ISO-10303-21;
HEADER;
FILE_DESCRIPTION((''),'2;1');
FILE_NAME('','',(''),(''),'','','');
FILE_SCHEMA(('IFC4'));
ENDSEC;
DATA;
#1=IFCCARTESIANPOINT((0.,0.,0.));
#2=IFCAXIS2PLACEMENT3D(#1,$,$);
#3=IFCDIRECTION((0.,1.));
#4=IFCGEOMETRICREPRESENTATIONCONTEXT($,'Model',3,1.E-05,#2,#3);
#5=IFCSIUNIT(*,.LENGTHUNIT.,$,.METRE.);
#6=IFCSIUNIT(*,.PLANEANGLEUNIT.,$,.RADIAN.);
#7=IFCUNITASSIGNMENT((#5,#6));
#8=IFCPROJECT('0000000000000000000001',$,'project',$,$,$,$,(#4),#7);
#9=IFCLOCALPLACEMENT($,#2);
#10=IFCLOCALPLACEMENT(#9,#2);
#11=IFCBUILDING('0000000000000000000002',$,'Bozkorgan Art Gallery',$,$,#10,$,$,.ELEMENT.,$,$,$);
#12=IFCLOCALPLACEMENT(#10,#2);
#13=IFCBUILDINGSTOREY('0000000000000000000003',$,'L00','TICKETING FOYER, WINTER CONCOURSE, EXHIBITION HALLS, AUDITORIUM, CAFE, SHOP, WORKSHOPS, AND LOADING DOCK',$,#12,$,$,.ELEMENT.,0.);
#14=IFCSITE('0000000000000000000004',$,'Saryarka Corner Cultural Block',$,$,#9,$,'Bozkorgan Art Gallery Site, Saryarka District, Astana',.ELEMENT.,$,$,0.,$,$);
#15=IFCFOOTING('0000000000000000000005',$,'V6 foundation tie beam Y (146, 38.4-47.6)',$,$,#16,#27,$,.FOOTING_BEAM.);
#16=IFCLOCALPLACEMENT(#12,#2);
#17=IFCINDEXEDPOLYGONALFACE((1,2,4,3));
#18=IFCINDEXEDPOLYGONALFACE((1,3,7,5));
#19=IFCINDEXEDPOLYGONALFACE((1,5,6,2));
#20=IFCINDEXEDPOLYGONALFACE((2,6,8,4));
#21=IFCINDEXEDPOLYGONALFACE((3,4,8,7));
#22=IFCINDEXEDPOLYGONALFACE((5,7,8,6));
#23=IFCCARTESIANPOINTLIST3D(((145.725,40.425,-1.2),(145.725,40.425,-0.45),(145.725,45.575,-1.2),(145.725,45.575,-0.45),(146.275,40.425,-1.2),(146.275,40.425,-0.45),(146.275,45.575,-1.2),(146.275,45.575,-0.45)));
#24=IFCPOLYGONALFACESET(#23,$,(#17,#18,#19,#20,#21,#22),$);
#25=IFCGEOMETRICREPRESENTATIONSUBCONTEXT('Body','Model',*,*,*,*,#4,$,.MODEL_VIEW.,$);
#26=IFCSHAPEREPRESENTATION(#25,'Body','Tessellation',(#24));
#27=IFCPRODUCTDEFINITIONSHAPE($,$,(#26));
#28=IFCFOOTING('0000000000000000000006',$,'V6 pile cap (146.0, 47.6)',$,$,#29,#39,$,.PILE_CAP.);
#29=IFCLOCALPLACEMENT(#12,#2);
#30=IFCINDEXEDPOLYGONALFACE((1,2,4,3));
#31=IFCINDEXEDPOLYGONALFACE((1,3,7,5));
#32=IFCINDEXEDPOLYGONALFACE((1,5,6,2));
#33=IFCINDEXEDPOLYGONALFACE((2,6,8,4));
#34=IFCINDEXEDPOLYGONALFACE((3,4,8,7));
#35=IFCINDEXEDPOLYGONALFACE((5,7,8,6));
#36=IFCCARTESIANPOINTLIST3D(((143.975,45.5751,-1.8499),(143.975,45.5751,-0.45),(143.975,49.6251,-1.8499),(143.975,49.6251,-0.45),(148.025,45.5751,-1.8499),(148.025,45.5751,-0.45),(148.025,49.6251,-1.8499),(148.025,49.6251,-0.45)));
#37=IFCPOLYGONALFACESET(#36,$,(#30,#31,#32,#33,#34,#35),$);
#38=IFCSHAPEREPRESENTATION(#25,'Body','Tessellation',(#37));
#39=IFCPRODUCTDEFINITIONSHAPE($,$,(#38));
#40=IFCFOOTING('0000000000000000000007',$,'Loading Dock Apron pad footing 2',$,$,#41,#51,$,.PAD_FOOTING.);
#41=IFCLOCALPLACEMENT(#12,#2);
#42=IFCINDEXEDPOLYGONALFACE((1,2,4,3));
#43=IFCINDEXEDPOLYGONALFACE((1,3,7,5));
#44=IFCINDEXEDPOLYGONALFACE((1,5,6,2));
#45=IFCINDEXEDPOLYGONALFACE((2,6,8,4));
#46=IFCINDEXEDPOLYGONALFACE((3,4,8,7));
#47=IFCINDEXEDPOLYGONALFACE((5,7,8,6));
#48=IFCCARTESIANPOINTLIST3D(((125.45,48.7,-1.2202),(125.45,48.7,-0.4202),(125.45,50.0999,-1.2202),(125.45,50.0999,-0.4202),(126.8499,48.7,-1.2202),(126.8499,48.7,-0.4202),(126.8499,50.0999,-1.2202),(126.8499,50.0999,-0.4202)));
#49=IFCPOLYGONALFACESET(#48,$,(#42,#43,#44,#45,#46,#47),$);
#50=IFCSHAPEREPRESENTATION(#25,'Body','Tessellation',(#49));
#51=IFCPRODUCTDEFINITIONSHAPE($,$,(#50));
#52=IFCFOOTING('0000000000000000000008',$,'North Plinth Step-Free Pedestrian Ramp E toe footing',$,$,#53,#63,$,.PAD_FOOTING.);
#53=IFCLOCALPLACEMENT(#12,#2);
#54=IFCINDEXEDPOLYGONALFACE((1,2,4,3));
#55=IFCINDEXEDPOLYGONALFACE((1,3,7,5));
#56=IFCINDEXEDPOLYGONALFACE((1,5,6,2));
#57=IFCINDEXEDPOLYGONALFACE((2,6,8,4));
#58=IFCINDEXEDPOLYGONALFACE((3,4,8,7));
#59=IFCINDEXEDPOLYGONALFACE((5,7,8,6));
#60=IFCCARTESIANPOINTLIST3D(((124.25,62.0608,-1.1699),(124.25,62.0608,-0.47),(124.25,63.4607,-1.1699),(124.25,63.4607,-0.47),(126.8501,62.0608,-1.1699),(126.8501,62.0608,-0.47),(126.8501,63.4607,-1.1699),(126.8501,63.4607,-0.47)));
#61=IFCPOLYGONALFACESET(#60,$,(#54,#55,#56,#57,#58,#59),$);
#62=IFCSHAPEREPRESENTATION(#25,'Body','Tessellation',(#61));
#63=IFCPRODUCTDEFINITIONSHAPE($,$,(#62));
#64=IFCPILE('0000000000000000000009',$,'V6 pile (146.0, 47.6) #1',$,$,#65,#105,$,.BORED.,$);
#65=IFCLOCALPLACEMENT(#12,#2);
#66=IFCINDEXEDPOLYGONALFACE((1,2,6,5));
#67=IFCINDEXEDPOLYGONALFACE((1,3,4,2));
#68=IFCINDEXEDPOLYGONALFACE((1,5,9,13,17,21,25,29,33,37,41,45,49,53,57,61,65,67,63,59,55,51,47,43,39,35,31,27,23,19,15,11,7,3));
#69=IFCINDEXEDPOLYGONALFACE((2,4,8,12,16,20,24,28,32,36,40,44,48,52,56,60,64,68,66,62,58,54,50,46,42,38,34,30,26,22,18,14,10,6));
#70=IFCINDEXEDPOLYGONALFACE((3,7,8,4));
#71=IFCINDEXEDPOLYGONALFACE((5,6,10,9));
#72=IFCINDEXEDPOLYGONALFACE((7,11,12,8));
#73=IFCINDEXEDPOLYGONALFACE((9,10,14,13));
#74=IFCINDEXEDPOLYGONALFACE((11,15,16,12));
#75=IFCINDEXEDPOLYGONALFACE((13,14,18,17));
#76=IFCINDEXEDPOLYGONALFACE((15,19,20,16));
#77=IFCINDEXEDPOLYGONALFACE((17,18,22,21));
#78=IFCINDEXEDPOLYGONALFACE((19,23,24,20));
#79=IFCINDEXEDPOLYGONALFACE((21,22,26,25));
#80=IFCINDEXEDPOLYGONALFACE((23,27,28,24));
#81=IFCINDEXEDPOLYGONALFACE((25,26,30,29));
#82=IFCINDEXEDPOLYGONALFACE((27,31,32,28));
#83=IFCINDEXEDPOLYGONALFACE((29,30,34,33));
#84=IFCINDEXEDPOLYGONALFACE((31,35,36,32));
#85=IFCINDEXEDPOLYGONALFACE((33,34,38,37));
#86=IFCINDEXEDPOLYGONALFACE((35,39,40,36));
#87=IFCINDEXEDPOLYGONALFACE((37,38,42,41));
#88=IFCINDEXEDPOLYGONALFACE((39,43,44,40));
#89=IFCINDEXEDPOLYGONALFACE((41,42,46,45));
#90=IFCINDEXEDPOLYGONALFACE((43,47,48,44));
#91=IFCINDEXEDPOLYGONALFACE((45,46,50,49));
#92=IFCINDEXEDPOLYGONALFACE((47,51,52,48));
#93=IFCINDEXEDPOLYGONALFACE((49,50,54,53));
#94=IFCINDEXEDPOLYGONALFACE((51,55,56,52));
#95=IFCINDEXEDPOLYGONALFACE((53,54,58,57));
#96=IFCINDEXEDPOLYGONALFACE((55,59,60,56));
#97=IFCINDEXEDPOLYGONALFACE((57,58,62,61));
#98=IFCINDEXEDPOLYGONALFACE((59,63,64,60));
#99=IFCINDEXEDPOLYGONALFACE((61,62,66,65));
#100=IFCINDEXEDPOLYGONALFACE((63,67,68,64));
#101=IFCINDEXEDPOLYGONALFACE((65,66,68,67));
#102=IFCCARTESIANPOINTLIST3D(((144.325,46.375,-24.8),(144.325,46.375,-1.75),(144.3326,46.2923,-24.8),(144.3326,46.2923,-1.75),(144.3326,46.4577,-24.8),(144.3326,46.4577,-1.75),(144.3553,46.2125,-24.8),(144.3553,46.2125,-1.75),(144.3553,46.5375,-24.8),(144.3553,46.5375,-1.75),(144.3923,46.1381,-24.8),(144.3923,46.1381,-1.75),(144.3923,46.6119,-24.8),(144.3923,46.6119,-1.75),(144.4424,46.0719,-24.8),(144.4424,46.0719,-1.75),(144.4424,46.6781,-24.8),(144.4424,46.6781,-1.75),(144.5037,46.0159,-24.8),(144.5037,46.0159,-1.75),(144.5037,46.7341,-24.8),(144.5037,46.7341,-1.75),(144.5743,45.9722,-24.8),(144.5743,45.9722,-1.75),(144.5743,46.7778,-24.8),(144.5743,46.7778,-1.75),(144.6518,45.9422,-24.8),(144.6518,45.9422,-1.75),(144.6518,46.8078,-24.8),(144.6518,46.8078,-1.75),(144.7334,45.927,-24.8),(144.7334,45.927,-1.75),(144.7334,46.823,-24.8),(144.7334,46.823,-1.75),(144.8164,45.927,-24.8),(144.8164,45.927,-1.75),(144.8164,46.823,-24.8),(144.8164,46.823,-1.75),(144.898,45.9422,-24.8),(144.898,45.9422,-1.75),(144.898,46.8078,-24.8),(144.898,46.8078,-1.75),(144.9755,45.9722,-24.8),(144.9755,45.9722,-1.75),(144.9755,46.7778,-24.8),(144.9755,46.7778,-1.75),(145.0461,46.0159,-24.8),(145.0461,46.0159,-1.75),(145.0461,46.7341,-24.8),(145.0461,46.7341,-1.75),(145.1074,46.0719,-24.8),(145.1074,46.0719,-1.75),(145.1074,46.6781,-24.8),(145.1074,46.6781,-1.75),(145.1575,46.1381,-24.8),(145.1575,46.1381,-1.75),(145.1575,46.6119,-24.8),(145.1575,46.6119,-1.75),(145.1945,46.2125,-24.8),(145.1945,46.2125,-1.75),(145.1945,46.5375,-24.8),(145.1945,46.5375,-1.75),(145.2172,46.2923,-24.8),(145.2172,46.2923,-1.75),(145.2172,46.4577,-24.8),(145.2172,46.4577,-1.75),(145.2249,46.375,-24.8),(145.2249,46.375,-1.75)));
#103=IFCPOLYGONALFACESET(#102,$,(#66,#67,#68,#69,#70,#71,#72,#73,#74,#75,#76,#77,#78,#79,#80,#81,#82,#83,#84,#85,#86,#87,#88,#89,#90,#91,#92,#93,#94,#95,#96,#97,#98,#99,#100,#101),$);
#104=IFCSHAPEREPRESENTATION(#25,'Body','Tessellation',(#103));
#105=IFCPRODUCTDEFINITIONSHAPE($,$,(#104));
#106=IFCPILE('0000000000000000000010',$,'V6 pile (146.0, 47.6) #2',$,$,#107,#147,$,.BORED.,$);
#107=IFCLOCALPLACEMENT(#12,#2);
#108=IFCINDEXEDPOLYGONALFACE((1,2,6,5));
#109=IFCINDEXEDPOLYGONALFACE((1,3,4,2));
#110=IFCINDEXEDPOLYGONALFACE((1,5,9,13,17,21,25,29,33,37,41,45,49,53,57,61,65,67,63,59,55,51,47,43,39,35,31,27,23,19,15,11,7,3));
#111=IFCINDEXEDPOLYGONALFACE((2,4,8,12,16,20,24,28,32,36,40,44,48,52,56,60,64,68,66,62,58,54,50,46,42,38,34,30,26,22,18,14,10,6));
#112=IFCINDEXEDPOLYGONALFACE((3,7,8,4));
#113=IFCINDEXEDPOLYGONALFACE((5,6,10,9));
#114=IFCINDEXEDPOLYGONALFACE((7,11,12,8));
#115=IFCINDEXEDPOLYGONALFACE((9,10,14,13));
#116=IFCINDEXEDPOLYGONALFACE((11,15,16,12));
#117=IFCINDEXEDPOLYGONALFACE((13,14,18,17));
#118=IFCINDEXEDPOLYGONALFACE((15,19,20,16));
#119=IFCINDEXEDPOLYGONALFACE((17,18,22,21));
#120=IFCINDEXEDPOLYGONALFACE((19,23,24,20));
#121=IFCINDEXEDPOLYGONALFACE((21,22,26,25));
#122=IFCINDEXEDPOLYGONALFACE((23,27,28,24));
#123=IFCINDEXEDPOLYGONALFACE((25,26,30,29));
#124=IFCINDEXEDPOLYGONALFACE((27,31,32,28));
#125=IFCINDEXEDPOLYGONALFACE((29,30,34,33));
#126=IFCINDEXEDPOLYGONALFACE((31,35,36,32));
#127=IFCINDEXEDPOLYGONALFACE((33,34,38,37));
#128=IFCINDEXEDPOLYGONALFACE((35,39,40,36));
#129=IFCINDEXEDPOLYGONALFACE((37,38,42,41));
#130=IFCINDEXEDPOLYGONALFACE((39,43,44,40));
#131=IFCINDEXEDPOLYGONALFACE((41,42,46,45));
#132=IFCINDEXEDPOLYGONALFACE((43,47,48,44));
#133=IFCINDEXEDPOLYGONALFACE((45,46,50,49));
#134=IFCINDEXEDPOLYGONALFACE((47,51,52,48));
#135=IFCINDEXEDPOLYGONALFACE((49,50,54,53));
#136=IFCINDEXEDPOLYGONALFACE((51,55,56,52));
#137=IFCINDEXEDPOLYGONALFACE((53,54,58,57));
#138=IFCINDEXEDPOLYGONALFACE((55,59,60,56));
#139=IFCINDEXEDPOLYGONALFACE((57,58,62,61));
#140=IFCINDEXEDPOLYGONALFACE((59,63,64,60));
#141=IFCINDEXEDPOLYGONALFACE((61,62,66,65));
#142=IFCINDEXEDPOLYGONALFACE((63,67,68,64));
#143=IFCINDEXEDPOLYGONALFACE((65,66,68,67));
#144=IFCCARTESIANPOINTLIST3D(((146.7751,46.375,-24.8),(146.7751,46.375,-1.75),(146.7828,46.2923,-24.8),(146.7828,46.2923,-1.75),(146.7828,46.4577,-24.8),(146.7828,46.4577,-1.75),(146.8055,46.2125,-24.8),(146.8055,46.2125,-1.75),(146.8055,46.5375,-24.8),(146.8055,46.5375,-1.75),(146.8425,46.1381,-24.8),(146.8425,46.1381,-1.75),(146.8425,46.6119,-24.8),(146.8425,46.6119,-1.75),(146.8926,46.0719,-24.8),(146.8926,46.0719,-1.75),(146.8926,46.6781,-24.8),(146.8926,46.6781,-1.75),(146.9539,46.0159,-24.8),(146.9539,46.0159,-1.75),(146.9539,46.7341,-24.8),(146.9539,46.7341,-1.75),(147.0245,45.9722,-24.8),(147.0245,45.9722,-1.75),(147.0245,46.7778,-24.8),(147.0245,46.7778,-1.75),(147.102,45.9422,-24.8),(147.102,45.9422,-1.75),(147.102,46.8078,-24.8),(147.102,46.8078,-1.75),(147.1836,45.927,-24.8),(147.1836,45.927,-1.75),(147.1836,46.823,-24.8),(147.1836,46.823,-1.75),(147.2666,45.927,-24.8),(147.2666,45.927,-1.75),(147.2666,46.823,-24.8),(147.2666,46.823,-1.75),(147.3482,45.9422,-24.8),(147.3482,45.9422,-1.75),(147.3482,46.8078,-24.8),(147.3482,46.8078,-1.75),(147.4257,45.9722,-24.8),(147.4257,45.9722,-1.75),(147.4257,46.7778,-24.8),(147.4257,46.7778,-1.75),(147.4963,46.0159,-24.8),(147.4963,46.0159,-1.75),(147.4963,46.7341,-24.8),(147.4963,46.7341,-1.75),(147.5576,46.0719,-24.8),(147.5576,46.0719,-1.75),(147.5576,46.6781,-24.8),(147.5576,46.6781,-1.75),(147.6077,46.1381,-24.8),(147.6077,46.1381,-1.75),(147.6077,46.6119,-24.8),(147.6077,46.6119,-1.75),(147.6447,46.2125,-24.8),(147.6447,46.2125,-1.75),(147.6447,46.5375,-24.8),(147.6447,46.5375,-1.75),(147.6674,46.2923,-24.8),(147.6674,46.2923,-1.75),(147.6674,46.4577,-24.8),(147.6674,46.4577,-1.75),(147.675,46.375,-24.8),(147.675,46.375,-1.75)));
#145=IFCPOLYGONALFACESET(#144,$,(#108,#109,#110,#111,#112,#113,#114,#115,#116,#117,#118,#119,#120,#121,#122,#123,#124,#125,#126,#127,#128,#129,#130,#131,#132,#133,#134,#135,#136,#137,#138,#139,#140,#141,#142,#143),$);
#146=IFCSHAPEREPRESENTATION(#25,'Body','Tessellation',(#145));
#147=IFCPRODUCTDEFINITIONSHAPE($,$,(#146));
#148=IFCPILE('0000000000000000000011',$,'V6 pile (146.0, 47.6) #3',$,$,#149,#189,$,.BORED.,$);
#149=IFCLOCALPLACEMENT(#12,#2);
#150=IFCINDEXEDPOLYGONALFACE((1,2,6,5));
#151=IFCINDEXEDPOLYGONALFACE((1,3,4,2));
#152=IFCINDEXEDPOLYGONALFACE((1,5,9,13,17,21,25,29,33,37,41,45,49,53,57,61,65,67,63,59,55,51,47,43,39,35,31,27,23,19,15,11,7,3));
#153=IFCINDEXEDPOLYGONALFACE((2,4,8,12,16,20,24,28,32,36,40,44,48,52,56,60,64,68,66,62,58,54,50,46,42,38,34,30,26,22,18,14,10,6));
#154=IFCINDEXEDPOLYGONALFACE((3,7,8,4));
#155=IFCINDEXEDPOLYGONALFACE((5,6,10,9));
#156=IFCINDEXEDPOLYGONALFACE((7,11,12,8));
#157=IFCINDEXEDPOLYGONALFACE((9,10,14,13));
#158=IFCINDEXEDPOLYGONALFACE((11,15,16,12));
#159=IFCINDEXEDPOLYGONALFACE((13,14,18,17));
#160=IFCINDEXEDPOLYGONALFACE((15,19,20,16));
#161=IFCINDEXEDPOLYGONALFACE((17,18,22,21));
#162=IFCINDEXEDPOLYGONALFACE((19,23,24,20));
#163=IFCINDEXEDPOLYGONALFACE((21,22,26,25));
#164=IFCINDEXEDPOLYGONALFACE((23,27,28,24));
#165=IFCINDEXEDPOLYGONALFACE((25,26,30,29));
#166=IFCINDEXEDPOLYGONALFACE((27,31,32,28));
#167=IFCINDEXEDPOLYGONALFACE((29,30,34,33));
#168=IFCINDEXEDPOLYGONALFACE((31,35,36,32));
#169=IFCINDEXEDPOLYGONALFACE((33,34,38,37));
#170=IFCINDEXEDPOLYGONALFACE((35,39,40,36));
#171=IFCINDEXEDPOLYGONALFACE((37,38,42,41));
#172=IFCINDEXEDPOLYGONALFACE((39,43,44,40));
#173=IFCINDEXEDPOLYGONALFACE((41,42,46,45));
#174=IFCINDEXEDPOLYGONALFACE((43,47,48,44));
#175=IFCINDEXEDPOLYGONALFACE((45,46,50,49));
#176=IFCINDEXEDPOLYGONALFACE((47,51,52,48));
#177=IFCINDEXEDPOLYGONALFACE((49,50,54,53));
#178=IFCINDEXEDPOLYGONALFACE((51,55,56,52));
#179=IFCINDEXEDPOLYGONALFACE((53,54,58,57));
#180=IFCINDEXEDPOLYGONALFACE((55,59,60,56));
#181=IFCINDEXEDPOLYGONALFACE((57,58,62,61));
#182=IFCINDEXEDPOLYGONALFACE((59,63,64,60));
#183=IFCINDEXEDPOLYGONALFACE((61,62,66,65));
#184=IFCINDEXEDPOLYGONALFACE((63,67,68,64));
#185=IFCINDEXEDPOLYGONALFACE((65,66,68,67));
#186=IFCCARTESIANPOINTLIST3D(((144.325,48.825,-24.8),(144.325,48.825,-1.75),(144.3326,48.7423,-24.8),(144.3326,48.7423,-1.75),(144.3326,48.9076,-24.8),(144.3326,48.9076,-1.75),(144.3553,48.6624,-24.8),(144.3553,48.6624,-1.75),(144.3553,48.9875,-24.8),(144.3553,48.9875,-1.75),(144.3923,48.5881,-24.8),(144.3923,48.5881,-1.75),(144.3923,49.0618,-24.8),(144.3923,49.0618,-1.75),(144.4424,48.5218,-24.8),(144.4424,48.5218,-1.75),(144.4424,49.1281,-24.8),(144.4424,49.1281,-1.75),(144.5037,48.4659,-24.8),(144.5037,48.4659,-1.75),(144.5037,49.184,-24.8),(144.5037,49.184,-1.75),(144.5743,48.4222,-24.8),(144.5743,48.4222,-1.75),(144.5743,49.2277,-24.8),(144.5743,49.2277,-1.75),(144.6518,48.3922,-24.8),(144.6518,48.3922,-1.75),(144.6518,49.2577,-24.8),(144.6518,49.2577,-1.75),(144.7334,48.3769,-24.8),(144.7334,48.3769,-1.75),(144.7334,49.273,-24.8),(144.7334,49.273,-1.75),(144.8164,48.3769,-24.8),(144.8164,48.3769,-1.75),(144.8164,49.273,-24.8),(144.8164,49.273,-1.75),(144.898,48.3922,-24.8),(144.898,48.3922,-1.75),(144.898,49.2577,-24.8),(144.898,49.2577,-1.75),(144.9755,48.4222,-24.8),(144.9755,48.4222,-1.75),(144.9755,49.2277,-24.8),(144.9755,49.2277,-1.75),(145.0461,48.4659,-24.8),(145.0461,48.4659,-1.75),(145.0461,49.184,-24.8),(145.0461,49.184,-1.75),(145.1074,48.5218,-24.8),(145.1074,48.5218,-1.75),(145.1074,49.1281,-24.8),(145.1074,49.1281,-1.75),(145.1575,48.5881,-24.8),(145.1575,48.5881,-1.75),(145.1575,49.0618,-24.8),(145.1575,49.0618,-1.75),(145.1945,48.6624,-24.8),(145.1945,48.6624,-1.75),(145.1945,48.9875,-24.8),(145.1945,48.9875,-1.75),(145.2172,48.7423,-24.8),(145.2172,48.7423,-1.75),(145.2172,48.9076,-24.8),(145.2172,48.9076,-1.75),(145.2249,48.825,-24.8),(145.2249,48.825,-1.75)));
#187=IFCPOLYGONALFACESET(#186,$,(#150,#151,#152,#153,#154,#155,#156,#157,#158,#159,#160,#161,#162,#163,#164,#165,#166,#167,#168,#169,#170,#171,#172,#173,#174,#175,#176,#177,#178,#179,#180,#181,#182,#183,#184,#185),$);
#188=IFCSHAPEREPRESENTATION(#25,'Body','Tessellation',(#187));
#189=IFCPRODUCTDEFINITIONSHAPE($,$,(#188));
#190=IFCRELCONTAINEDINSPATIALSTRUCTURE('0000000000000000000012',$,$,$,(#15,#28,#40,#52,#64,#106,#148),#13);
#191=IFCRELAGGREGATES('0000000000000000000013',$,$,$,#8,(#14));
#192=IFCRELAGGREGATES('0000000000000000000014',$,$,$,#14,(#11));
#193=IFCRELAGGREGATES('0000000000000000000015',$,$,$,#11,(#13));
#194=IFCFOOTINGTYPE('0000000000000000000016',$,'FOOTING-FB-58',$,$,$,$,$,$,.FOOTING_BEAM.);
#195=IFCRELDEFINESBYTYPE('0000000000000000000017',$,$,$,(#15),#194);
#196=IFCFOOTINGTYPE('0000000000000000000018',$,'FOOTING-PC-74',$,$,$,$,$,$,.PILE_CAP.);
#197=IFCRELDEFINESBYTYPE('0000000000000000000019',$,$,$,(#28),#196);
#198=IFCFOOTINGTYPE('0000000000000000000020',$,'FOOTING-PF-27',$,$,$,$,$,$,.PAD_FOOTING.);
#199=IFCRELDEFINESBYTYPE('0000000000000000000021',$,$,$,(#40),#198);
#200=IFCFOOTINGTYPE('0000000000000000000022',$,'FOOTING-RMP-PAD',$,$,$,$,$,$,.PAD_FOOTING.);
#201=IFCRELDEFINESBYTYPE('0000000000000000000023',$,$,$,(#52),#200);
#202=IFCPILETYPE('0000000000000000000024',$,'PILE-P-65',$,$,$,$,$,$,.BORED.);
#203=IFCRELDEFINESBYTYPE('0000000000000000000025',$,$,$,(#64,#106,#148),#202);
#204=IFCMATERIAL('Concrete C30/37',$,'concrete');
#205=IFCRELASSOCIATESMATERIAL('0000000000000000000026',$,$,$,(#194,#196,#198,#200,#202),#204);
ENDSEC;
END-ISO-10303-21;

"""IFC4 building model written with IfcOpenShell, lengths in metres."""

from ifc_helpers import new_model, si_unit, direction, frame, origin, origin_2d, place, context, subcontext, project, spatial, rectangle, circle, extrude, material, material_profile, profile_set, type_object, element, save


model = new_model("IFC4")

# Units and contexts
model_context = context("Model", 3, precision=1e-05, world=origin(), true_north=direction((0.0, 1.0)))
body_context = subcontext(model_context, "Body", "Model", "MODEL_VIEW")
ifc_project = project(units=[si_unit("LENGTHUNIT", "METRE"), si_unit("PLANEANGLEUNIT", "RADIAN")], contexts=[model_context])

# Site, building, storey
site_placement = place(None, origin())
site = spatial("IfcSite", under=ifc_project, at=site_placement, Name="Saryarka Corner Cultural Block", LongName="Bozkorgan Art Gallery Site, Saryarka District, Astana", CompositionType="ELEMENT", RefElevation=0.0)
building_placement = place(site_placement, origin())
building = spatial("IfcBuilding", under=site, at=building_placement, Name="Bozkorgan Art Gallery", CompositionType="ELEMENT")
storey_placement = place(building_placement, origin())
storey = spatial("IfcBuildingStorey", under=building, at=storey_placement, Name="L00", Description="TICKETING FOYER, WINTER CONCOURSE, EXHIBITION HALLS, AUDITORIUM, CAFE, SHOP, WORKSHOPS, AND LOADING DOCK", CompositionType="ELEMENT", Elevation=0.0)

# Footings
ifc_material_1 = material(Name="Concrete C30/37", Category="concrete")
ifc_material_profile_1 = material_profile(ifc_material_1, rectangle(XDim=0.55, YDim=0.75, at=origin_2d()), Name="FND 550x750")
ifc_profile_set_1 = profile_set([ifc_material_profile_1], Name="Concrete C30/37")
footing_type_1 = type_object("IfcFootingType", Name="FOOTING-FB-58", PredefinedType="FOOTING_BEAM", material=ifc_profile_set_1)
footing_1_placement = place(storey_placement, frame((146.0, 40.425, -0.825), z_axis=(0.0, 1.0, 0.0), x_axis=(-1.0, 0.0, 0.0)))
element("IfcFooting", 1, at=footing_1_placement, inside=storey, type_object=footing_type_1, Name="V6 foundation tie beam Y (146, 38.4-47.6)", PredefinedType="FOOTING_BEAM", context=body_context, shape_type="SweptSolid", body=[
    extrude(rectangle(XDim=0.55, YDim=0.75, at=origin_2d()), origin(), (0.0, 0.0, 1.0), 5.1499),
])
footing_type_2 = type_object("IfcFootingType", Name="FOOTING-PC-74", PredefinedType="PILE_CAP", material=ifc_material_1)
footing_2_placement = place(storey_placement, frame((146.0, 47.6001, -1.8499), z_axis=(0.0, 0.0, 1.0), x_axis=(1.0, 0.0, 0.0)))
element("IfcFooting", 2, at=footing_2_placement, inside=storey, type_object=footing_type_2, Name="V6 pile cap (146.0, 47.6)", PredefinedType="PILE_CAP", context=body_context, shape_type="SweptSolid", body=[
    extrude(rectangle(XDim=4.05, YDim=4.05, at=origin_2d()), origin(), (0.0, 0.0, 1.0), 1.3999),
])
footing_type_3 = type_object("IfcFootingType", Name="FOOTING-PF-27", PredefinedType="PAD_FOOTING", material=ifc_material_1)
footing_3_placement = place(storey_placement, frame((126.1499, 49.3999, -1.2202), z_axis=(0.0, 0.0, 1.0), x_axis=(1.0, 0.0, 0.0)))
element("IfcFooting", 3, at=footing_3_placement, inside=storey, type_object=footing_type_3, Name="Loading Dock Apron pad footing 2", PredefinedType="PAD_FOOTING", context=body_context, shape_type="SweptSolid", body=[
    extrude(rectangle(XDim=1.3999, YDim=1.3999, at=origin_2d()), origin(), (0.0, 0.0, 1.0), 0.8),
])
footing_type_4 = type_object("IfcFootingType", Name="FOOTING-RMP-PAD", PredefinedType="PAD_FOOTING", material=ifc_material_1)
footing_4_placement = place(storey_placement, frame((125.55, 62.7607, -1.1699), z_axis=(0.0, 0.0, 1.0), x_axis=(0.0, 1.0, 0.0)))
element("IfcFooting", 4, at=footing_4_placement, inside=storey, type_object=footing_type_4, Name="North Plinth Step-Free Pedestrian Ramp E toe footing", PredefinedType="PAD_FOOTING", context=body_context, shape_type="SweptSolid", body=[
    extrude(rectangle(XDim=1.3999, YDim=2.6001, at=origin_2d()), origin(), (0.0, 0.0, 1.0), 0.7),
])

# Piles
ifc_material_profile_2 = material_profile(ifc_material_1, circle(Radius=0.45, at=origin_2d()), Name="PILE D900")
ifc_profile_set_2 = profile_set([ifc_material_profile_2], Name="Concrete C30/37")
pile_type = type_object("IfcPileType", Name="PILE-P-65", PredefinedType="BORED", material=ifc_profile_set_2)
for number, where, z_axis, x_axis, name in (
    (5, (144.7749, 46.375, -1.75), (0.0, 0.0, -1.0), (1.0, 0.0, 0.0), "V6 pile (146.0, 47.6) #1"),
    (6, (147.2251, 46.375, -1.75), (0.0, 0.0, -1.0), (1.0, 0.0, 0.0), "V6 pile (146.0, 47.6) #2"),
    (7, (144.7749, 48.825, -1.75), (0.0, 0.0, -1.0), (1.0, 0.0, 0.0), "V6 pile (146.0, 47.6) #3"),
):
    element("IfcPile", number, at=place(storey_placement, frame(where, z_axis=z_axis, x_axis=x_axis)), inside=storey, type_object=pile_type, Name=name, PredefinedType="BORED", context=body_context, shape_type="SweptSolid", body=[
        extrude(circle(Radius=0.45, at=origin_2d()), origin(), (0.0, 0.0, 1.0), 23.05),
    ])

save(model, "model.ifc")
